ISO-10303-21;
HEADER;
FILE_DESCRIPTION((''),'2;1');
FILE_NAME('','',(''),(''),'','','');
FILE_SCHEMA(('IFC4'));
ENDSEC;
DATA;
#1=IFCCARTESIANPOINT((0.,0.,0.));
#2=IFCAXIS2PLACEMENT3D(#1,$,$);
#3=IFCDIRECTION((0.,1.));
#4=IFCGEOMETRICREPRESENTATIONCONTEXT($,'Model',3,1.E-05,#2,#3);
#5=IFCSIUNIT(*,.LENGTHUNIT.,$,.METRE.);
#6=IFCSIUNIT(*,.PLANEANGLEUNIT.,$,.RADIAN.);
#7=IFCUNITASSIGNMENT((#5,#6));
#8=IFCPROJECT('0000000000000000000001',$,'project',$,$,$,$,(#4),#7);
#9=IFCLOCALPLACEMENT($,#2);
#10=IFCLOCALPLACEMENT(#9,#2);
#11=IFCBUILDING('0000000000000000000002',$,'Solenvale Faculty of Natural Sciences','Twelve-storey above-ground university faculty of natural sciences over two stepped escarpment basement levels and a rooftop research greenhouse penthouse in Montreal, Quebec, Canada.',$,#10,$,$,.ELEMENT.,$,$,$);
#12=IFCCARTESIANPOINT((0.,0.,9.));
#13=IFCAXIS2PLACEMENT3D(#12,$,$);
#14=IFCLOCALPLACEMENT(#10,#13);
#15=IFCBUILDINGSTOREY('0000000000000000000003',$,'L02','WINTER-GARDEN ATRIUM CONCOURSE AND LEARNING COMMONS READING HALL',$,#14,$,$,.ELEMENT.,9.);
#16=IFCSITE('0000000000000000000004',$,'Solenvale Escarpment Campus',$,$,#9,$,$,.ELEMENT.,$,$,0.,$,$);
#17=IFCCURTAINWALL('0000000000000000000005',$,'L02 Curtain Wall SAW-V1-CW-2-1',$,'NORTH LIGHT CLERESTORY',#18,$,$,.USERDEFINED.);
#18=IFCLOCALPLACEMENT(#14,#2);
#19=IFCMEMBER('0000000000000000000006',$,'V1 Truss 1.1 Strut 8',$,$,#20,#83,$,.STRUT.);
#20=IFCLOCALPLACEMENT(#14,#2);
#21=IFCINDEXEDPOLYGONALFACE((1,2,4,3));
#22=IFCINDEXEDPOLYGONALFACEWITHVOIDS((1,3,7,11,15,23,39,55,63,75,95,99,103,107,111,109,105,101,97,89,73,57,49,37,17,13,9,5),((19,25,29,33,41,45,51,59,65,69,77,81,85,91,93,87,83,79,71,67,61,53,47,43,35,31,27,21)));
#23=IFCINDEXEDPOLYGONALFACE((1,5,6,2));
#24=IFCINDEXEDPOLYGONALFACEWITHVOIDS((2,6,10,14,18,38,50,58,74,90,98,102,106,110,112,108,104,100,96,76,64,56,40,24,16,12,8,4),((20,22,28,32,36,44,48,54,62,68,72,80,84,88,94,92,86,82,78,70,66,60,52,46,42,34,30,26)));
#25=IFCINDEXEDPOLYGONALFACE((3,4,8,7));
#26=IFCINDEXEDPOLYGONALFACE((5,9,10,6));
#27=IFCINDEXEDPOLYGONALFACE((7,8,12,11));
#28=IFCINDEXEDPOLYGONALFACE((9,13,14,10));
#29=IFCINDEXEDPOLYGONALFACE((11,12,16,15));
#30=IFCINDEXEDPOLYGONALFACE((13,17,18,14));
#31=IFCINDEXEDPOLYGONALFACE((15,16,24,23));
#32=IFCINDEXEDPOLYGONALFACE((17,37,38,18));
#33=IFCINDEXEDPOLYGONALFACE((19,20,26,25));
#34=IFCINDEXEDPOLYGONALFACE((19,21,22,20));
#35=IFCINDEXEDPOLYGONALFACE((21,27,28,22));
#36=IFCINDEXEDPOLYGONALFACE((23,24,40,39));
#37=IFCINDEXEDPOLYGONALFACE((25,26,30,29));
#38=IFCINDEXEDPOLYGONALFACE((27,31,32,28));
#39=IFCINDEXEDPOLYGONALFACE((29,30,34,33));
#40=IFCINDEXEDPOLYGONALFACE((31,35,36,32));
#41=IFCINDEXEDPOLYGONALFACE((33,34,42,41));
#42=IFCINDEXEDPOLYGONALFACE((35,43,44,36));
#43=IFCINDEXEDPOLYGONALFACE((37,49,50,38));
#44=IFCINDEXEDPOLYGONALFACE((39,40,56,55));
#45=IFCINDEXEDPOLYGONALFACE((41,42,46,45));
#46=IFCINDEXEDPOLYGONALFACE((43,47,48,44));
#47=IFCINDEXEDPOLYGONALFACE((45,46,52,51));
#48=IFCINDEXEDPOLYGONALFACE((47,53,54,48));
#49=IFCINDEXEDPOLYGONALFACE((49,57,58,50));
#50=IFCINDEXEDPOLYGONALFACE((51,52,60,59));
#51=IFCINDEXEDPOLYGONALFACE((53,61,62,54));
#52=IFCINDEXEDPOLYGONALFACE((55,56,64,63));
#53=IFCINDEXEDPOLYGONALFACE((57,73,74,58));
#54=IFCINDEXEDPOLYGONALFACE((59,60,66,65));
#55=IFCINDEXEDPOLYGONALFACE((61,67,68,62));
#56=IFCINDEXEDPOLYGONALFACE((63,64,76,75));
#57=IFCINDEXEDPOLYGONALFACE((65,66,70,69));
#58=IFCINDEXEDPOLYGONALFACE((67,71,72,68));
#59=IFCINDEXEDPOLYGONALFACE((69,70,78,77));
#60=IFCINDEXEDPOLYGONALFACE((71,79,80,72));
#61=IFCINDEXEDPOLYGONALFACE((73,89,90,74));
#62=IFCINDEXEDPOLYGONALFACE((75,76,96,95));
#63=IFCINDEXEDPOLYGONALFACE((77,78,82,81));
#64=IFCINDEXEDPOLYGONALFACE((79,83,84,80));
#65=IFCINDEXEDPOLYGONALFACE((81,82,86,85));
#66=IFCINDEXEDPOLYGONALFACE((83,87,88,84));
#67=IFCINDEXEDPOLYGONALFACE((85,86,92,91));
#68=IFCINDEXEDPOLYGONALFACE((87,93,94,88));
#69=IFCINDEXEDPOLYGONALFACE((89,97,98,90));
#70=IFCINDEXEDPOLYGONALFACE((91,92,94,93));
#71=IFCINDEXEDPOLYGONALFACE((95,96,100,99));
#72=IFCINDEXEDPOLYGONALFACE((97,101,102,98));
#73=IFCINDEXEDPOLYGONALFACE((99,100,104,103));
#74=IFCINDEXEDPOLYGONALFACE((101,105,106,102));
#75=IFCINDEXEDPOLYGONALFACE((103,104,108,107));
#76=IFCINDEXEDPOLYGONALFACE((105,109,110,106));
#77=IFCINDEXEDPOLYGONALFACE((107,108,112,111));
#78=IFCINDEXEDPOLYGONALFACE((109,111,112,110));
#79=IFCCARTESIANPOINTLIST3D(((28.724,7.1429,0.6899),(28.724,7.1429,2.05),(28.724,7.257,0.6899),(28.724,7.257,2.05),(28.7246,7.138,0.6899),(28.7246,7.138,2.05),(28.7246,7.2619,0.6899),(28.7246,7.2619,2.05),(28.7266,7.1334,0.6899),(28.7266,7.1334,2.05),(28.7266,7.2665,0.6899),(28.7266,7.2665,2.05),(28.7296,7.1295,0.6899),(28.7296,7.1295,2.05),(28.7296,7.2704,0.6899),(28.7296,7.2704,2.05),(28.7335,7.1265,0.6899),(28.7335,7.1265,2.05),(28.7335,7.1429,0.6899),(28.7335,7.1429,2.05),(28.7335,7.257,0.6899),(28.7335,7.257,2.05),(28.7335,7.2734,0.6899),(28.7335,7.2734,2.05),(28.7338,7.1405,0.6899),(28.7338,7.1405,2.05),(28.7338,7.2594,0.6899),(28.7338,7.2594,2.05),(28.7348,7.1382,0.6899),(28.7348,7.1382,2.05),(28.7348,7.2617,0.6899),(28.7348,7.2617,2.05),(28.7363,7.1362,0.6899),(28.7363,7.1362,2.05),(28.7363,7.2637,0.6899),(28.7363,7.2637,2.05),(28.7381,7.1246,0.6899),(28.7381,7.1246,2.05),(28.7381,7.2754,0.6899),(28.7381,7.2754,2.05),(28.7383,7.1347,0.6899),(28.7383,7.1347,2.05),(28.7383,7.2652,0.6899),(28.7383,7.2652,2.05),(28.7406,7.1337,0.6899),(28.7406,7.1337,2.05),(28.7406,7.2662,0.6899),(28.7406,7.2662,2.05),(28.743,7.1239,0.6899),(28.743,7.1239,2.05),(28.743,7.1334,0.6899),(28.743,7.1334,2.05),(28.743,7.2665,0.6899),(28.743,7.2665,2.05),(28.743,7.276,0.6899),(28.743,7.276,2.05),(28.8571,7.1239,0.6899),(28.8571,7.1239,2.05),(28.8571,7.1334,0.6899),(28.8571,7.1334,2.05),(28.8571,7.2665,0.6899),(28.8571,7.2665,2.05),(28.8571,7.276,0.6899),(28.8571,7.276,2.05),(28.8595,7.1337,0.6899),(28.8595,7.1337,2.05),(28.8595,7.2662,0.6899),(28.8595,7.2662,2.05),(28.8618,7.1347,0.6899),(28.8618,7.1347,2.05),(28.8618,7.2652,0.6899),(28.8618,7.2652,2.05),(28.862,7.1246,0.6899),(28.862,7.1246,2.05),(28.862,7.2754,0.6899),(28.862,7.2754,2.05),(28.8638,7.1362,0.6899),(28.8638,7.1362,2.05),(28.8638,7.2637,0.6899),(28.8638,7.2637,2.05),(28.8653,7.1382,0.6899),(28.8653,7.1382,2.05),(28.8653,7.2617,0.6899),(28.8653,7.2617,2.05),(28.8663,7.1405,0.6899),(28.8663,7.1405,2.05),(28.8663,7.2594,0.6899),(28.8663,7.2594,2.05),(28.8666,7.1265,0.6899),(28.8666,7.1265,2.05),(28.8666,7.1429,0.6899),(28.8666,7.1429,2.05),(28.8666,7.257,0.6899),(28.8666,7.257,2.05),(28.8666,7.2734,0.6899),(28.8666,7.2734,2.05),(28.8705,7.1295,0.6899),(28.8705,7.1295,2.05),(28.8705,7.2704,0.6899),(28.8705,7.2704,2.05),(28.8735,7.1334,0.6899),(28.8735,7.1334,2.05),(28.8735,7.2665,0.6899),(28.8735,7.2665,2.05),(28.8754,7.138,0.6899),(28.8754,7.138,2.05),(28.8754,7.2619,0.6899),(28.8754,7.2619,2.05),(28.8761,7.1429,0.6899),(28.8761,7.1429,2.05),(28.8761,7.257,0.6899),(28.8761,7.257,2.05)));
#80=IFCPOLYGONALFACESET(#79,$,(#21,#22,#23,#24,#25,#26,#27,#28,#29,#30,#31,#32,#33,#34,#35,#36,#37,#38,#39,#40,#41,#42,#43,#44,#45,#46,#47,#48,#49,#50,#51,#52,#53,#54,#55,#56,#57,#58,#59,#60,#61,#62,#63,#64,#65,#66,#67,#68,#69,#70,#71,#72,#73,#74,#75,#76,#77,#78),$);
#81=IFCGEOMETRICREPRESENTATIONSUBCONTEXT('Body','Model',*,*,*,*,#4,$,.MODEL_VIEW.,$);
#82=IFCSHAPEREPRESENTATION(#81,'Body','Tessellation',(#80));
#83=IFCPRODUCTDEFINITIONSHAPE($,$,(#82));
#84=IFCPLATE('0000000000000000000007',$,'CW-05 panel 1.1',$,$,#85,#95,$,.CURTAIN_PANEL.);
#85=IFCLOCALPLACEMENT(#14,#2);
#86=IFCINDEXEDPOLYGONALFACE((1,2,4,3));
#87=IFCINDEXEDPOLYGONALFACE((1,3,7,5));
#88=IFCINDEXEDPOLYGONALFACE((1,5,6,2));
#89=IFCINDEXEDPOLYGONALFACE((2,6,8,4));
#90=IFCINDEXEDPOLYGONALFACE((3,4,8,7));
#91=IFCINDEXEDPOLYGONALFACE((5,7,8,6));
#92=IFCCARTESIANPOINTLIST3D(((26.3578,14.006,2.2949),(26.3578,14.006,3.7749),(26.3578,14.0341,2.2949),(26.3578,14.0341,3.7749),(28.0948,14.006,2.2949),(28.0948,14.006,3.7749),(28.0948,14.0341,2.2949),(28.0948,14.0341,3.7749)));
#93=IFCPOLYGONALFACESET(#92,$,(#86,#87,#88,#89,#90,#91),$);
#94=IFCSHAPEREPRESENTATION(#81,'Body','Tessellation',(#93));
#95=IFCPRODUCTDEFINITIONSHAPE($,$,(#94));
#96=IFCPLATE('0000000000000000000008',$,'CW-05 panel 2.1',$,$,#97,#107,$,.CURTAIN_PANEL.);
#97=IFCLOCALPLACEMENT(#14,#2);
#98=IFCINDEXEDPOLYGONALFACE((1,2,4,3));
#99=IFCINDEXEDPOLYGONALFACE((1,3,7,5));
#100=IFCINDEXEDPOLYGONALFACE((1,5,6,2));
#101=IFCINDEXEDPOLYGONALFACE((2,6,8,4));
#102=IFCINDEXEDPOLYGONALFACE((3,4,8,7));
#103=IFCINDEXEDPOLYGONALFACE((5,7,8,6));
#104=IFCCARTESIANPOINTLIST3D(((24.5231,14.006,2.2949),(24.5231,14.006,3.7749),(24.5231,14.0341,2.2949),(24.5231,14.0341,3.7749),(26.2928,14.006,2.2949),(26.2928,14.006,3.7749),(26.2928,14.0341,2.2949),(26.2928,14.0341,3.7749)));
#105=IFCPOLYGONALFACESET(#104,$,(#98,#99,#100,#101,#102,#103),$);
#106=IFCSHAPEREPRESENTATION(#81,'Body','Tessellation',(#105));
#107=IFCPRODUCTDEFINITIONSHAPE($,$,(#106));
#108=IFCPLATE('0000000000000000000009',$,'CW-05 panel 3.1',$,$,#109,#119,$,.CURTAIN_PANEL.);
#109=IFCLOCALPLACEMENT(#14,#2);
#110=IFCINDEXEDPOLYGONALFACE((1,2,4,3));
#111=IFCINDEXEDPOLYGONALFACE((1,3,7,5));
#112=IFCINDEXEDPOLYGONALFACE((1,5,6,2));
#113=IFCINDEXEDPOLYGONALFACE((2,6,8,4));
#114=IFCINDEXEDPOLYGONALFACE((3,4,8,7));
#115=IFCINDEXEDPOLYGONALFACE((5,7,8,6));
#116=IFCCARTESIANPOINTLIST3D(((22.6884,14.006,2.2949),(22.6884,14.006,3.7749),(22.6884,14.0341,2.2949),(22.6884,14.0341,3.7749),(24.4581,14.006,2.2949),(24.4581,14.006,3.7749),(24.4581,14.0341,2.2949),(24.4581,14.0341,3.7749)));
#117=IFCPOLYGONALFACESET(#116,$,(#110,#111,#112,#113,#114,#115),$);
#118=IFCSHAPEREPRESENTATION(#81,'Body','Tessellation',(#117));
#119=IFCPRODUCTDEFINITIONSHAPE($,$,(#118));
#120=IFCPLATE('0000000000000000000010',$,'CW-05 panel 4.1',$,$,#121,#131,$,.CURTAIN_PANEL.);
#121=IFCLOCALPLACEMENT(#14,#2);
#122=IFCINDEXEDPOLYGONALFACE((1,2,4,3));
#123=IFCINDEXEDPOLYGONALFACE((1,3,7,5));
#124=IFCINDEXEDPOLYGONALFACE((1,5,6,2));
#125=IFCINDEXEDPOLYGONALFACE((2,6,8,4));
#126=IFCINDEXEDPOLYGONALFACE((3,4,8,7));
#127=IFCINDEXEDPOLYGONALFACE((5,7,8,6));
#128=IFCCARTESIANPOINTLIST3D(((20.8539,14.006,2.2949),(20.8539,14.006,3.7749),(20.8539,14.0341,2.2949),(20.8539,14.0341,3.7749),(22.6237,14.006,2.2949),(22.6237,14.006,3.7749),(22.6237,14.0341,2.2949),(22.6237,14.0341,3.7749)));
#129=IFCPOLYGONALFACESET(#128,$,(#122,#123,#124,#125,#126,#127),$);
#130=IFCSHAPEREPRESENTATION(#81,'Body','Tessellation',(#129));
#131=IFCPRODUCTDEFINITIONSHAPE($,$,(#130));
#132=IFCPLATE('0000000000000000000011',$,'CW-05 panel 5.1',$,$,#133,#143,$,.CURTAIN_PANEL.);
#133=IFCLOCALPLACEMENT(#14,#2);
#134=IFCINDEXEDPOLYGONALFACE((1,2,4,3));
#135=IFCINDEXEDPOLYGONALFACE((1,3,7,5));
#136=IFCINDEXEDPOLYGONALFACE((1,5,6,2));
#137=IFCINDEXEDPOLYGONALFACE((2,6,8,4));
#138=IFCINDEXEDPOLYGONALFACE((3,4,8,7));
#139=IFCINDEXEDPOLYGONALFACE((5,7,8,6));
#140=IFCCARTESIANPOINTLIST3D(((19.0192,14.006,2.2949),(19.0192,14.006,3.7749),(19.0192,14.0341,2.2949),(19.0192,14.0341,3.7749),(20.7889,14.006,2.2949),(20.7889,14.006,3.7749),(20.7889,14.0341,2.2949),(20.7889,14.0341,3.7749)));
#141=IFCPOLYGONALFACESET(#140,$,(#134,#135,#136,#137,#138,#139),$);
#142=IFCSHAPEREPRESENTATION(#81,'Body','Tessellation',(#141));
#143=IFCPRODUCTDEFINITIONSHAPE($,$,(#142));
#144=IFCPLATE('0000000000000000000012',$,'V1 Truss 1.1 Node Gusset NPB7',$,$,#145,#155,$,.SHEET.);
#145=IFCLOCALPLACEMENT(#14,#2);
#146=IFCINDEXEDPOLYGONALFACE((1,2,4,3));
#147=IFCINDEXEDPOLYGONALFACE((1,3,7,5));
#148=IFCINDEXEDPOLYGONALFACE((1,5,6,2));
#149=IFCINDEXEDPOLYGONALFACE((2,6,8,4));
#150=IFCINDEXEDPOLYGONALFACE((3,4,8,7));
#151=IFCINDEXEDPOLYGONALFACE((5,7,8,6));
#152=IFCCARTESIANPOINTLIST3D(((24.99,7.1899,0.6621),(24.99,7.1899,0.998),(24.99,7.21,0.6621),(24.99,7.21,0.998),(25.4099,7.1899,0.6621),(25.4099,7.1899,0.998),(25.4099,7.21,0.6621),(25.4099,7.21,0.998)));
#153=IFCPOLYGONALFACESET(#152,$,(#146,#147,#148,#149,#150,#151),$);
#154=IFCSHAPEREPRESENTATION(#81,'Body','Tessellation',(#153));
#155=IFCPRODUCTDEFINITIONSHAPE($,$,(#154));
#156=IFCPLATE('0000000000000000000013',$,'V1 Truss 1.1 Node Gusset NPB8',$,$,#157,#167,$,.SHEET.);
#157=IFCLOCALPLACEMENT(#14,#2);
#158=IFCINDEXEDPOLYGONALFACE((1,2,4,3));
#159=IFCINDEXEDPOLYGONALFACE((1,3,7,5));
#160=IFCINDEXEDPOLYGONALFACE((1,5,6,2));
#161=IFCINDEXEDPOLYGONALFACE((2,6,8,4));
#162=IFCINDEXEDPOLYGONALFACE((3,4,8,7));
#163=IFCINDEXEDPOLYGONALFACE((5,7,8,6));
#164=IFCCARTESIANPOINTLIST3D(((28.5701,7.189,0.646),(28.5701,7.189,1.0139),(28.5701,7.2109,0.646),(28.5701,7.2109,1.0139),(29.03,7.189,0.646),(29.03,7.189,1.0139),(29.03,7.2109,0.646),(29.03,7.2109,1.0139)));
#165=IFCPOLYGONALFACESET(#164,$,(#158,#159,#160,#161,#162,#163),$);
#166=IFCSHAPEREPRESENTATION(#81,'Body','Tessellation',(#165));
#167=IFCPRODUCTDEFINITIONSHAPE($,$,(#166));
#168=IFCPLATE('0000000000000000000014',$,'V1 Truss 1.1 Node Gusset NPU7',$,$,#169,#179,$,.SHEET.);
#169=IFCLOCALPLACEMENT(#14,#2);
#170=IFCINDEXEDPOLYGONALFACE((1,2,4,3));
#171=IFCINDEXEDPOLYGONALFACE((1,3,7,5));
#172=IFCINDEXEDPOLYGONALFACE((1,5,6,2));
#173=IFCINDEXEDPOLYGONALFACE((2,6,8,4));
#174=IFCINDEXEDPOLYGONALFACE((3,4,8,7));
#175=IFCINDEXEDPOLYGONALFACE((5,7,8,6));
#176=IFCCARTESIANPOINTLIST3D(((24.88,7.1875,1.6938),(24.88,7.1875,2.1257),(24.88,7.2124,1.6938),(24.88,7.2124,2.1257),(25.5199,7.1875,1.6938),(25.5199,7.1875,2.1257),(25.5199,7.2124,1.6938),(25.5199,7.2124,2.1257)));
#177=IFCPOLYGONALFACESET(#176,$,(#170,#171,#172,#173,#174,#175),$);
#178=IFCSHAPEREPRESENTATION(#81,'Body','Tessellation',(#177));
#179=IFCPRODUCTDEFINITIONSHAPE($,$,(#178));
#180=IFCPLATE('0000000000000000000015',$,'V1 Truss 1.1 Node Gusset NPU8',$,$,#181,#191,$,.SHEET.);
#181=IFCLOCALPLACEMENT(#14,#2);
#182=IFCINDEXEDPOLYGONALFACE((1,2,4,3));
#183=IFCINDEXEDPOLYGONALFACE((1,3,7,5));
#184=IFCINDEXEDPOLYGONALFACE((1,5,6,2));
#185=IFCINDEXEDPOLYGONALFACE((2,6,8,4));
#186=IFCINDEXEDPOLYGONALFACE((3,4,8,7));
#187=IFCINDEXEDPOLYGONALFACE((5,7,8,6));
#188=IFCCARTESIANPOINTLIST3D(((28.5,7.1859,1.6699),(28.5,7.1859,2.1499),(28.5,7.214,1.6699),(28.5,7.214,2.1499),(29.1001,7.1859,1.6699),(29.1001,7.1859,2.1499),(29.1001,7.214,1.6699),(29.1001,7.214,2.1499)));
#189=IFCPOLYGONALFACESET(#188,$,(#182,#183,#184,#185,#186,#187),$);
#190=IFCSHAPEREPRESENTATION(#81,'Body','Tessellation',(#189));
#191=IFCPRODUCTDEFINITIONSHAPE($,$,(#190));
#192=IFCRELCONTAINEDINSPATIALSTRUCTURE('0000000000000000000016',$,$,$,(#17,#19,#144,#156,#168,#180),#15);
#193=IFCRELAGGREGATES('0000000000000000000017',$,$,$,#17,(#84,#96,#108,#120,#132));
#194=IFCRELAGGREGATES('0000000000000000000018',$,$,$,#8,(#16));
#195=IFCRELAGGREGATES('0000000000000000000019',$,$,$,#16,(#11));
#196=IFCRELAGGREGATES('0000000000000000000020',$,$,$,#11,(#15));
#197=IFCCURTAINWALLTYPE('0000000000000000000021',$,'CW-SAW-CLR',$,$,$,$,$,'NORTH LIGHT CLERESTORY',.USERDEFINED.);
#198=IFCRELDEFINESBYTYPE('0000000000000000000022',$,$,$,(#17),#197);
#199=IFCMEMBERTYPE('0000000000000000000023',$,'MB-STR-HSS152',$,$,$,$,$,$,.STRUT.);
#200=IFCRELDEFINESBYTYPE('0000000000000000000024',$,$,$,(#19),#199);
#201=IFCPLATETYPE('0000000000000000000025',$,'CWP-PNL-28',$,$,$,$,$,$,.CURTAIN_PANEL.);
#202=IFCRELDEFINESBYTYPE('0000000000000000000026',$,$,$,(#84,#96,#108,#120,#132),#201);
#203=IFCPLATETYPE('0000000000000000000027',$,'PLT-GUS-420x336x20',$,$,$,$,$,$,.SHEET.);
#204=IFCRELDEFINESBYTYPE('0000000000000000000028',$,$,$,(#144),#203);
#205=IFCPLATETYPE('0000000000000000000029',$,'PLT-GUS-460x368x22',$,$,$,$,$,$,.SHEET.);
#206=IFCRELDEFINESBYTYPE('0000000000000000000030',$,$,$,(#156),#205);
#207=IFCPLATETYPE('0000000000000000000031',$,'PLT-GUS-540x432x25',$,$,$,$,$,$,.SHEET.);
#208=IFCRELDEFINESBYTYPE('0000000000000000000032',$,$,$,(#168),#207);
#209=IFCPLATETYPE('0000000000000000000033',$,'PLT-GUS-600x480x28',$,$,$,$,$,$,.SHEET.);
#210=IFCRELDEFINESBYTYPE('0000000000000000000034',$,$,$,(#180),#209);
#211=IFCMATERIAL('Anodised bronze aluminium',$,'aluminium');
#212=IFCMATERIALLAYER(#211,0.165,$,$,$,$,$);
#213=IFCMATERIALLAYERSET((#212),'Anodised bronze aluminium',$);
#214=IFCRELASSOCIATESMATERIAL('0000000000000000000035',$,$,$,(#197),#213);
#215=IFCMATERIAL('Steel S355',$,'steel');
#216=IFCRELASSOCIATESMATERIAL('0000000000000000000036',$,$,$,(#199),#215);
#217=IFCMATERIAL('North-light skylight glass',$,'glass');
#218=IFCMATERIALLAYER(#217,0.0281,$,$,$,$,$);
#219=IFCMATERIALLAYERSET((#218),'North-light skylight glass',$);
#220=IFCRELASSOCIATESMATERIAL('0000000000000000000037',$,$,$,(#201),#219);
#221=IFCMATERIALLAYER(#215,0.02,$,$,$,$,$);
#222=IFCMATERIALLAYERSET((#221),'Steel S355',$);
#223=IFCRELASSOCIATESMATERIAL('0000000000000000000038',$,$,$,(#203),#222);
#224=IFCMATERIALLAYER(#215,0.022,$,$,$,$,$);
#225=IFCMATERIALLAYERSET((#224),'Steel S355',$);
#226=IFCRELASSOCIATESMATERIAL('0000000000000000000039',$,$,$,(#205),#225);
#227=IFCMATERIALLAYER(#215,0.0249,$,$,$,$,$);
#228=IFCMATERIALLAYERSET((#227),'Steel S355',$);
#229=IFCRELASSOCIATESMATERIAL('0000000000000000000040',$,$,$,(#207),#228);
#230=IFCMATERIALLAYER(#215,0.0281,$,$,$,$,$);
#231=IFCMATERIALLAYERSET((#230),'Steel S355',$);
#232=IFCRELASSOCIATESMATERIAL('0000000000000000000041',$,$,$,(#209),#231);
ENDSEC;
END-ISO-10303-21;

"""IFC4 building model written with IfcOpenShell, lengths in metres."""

from ifc_helpers import new_model, si_unit, direction, frame, origin, origin_2d, place, context, subcontext, project, spatial, rectangle, hollow_rectangle, extrude, material, layer, layer_set, material_profile, profile_set, type_object, element, aggregate, save


model = new_model("IFC4")

# Units and contexts
model_context = context("Model", 3, precision=1e-05, world=origin(), true_north=direction((0.0, 1.0)))
body_context = subcontext(model_context, "Body", "Model", "MODEL_VIEW")
ifc_project = project(units=[si_unit("LENGTHUNIT", "METRE"), si_unit("PLANEANGLEUNIT", "RADIAN")], contexts=[model_context])

# Site, building, storey
site_placement = place(None, origin())
site = spatial("IfcSite", under=ifc_project, at=site_placement, Name="Solenvale Escarpment Campus", CompositionType="ELEMENT", RefElevation=0.0)
building_placement = place(site_placement, origin())
building = spatial("IfcBuilding", under=site, at=building_placement, Name="Solenvale Faculty of Natural Sciences", Description="Twelve-storey above-ground university faculty of natural sciences over two stepped escarpment basement levels and a rooftop research greenhouse penthouse in Montreal, Quebec, Canada.", CompositionType="ELEMENT")
storey_placement = place(building_placement, frame((0.0, 0.0, 9.0)))
storey = spatial("IfcBuildingStorey", under=building, at=storey_placement, Name="L02", Description="WINTER-GARDEN ATRIUM CONCOURSE AND LEARNING COMMONS READING HALL", CompositionType="ELEMENT", Elevation=9.0)

# Shared definitions
ifc_material_1 = material(Name="Steel S355", Category="steel")

# Curtain wall
ifc_material_2 = material(Name="Anodised bronze aluminium", Category="aluminium")
ifc_layer_1 = layer(ifc_material_2, 0.165)
ifc_layer_set_1 = layer_set([ifc_layer_1], Name="Anodised bronze aluminium")
curtain_wall_type = type_object("IfcCurtainWallType", Name="CW-SAW-CLR", ElementType="NORTH LIGHT CLERESTORY", PredefinedType="USERDEFINED", material=ifc_layer_set_1)
curtain_wall_placement = place(storey_placement, origin())
curtain_wall = element("IfcCurtainWall", 1, at=curtain_wall_placement, inside=storey, type_object=curtain_wall_type, Name="L02 Curtain Wall SAW-V1-CW-2-1", ObjectType="NORTH LIGHT CLERESTORY", PredefinedType="USERDEFINED")

# Member
ifc_material_profile_1 = material_profile(ifc_material_1, hollow_rectangle(XDim=0.1521, YDim=0.1521, WallThickness=0.0095, InnerFilletRadius=0.0095, OuterFilletRadius=0.019, at=origin_2d()), Name="HSS152x152x9.5")
ifc_profile_set_1 = profile_set([ifc_material_profile_1], Name="Steel S355")
member_type_1 = type_object("IfcMemberType", Name="MB-STR-HSS152", PredefinedType="STRUT", material=ifc_profile_set_1)
member_1_placement = place(storey_placement, frame((28.8, 7.2, 0.6899), z_axis=(0.0, 0.0, 1.0), x_axis=(1.0, 0.0, 0.0)))
element("IfcMember", 2, at=member_1_placement, inside=storey, type_object=member_type_1, Name="V1 Truss 1.1 Strut 8", PredefinedType="STRUT", context=body_context, shape_type="SweptSolid", body=[
    extrude(hollow_rectangle(XDim=0.1521, YDim=0.1521, WallThickness=0.0095, InnerFilletRadius=0.0095, OuterFilletRadius=0.019, at=origin_2d()), origin(), (0.0, 0.0, 1.0), 1.3601),
])

# Plates
ifc_material_3 = material(Name="North-light skylight glass", Category="glass")
ifc_layer_2 = layer(ifc_material_3, 0.0281)
ifc_layer_set_2 = layer_set([ifc_layer_2], Name="North-light skylight glass")
plate_type_1 = type_object("IfcPlateType", Name="CWP-PNL-28", PredefinedType="CURTAIN_PANEL", material=ifc_layer_set_2)
plate_1_placement = place(storey_placement, frame((27.2263, 14.02, 2.2949), z_axis=(0.0, 0.0, 1.0), x_axis=(-1.0, 0.0, 0.0)))
plate_1 = element("IfcPlate", 3, at=plate_1_placement, type_object=plate_type_1, Name="CW-05 panel 1.1", PredefinedType="CURTAIN_PANEL", context=body_context, shape_type="SweptSolid", body=[
    extrude(rectangle(XDim=1.7371, YDim=0.0281, at=origin_2d()), origin(), (0.0, 0.0, 1.0), 1.48),
])
plate_2_placement = place(storey_placement, frame((25.408, 14.02, 2.2949), z_axis=(0.0, 0.0, 1.0), x_axis=(-1.0, 0.0, 0.0)))
plate_2 = element("IfcPlate", 4, at=plate_2_placement, type_object=plate_type_1, Name="CW-05 panel 2.1", PredefinedType="CURTAIN_PANEL", context=body_context, shape_type="SweptSolid", body=[
    extrude(rectangle(XDim=1.7698, YDim=0.0281, at=origin_2d()), origin(), (0.0, 0.0, 1.0), 1.48),
])
plate_3_placement = place(storey_placement, frame((23.5732, 14.02, 2.2949), z_axis=(0.0, 0.0, 1.0), x_axis=(-1.0, 0.0, 0.0)))
plate_3 = element("IfcPlate", 5, at=plate_3_placement, type_object=plate_type_1, Name="CW-05 panel 3.1", PredefinedType="CURTAIN_PANEL", context=body_context, shape_type="SweptSolid", body=[
    extrude(rectangle(XDim=1.7698, YDim=0.0281, at=origin_2d()), origin(), (0.0, 0.0, 1.0), 1.48),
])
plate_4_placement = place(storey_placement, frame((21.7388, 14.02, 2.2949), z_axis=(0.0, 0.0, 1.0), x_axis=(-1.0, 0.0, 0.0)))
plate_4 = element("IfcPlate", 6, at=plate_4_placement, type_object=plate_type_1, Name="CW-05 panel 4.1", PredefinedType="CURTAIN_PANEL", context=body_context, shape_type="SweptSolid", body=[
    extrude(rectangle(XDim=1.7698, YDim=0.0281, at=origin_2d()), origin(), (0.0, 0.0, 1.0), 1.48),
])
plate_5_placement = place(storey_placement, frame((19.9041, 14.02, 2.2949), z_axis=(0.0, 0.0, 1.0), x_axis=(-1.0, 0.0, 0.0)))
plate_5 = element("IfcPlate", 7, at=plate_5_placement, type_object=plate_type_1, Name="CW-05 panel 5.1", PredefinedType="CURTAIN_PANEL", context=body_context, shape_type="SweptSolid", body=[
    extrude(rectangle(XDim=1.7698, YDim=0.0281, at=origin_2d()), origin(), (0.0, 0.0, 1.0), 1.48),
])
aggregate(curtain_wall, [plate_1, plate_2, plate_3, plate_4, plate_5])

# Plates
ifc_layer_3 = layer(ifc_material_1, 0.02)
ifc_layer_set_3 = layer_set([ifc_layer_3], Name="Steel S355")
plate_type_2 = type_object("IfcPlateType", Name="PLT-GUS-420x336x20", PredefinedType="SHEET", material=ifc_layer_set_3)
plate_6_placement = place(storey_placement, frame((25.2, 7.2, 0.6621), z_axis=(0.0, 0.0, 1.0), x_axis=(1.0, 0.0, 0.0)))
element("IfcPlate", 8, at=plate_6_placement, inside=storey, type_object=plate_type_2, Name="V1 Truss 1.1 Node Gusset NPB7", PredefinedType="SHEET", context=body_context, shape_type="SweptSolid", body=[
    extrude(rectangle(XDim=0.4199, YDim=0.02, at=origin_2d()), origin(), (0.0, 0.0, 1.0), 0.3359),
])
ifc_layer_4 = layer(ifc_material_1, 0.022)
ifc_layer_set_4 = layer_set([ifc_layer_4], Name="Steel S355")
plate_type_3 = type_object("IfcPlateType", Name="PLT-GUS-460x368x22", PredefinedType="SHEET", material=ifc_layer_set_4)
plate_7_placement = place(storey_placement, frame((28.8, 7.2, 0.646), z_axis=(0.0, 0.0, 1.0), x_axis=(1.0, 0.0, 0.0)))
element("IfcPlate", 9, at=plate_7_placement, inside=storey, type_object=plate_type_3, Name="V1 Truss 1.1 Node Gusset NPB8", PredefinedType="SHEET", context=body_context, shape_type="SweptSolid", body=[
    extrude(rectangle(XDim=0.46, YDim=0.022, at=origin_2d()), origin(), (0.0, 0.0, 1.0), 0.3679),
])
ifc_layer_5 = layer(ifc_material_1, 0.0249)
ifc_layer_set_5 = layer_set([ifc_layer_5], Name="Steel S355")
plate_type_4 = type_object("IfcPlateType", Name="PLT-GUS-540x432x25", PredefinedType="SHEET", material=ifc_layer_set_5)
plate_8_placement = place(storey_placement, frame((25.2, 7.2, 1.6938), z_axis=(0.0, 0.0, 1.0), x_axis=(1.0, 0.0, 0.0)))
element("IfcPlate", 10, at=plate_8_placement, inside=storey, type_object=plate_type_4, Name="V1 Truss 1.1 Node Gusset NPU7", PredefinedType="SHEET", context=body_context, shape_type="SweptSolid", body=[
    extrude(rectangle(XDim=0.6399, YDim=0.0249, at=origin_2d()), origin(), (0.0, 0.0, 1.0), 0.4319),
])
ifc_layer_6 = layer(ifc_material_1, 0.0281)
ifc_layer_set_6 = layer_set([ifc_layer_6], Name="Steel S355")
plate_type_5 = type_object("IfcPlateType", Name="PLT-GUS-600x480x28", PredefinedType="SHEET", material=ifc_layer_set_6)
plate_9_placement = place(storey_placement, frame((28.8, 7.2, 1.6699), z_axis=(0.0, 0.0, 1.0), x_axis=(1.0, 0.0, 0.0)))
element("IfcPlate", 11, at=plate_9_placement, inside=storey, type_object=plate_type_5, Name="V1 Truss 1.1 Node Gusset NPU8", PredefinedType="SHEET", context=body_context, shape_type="SweptSolid", body=[
    extrude(rectangle(XDim=0.6001, YDim=0.0281, at=origin_2d()), origin(), (0.0, 0.0, 1.0), 0.48),
])

save(model, "model.ifc")
